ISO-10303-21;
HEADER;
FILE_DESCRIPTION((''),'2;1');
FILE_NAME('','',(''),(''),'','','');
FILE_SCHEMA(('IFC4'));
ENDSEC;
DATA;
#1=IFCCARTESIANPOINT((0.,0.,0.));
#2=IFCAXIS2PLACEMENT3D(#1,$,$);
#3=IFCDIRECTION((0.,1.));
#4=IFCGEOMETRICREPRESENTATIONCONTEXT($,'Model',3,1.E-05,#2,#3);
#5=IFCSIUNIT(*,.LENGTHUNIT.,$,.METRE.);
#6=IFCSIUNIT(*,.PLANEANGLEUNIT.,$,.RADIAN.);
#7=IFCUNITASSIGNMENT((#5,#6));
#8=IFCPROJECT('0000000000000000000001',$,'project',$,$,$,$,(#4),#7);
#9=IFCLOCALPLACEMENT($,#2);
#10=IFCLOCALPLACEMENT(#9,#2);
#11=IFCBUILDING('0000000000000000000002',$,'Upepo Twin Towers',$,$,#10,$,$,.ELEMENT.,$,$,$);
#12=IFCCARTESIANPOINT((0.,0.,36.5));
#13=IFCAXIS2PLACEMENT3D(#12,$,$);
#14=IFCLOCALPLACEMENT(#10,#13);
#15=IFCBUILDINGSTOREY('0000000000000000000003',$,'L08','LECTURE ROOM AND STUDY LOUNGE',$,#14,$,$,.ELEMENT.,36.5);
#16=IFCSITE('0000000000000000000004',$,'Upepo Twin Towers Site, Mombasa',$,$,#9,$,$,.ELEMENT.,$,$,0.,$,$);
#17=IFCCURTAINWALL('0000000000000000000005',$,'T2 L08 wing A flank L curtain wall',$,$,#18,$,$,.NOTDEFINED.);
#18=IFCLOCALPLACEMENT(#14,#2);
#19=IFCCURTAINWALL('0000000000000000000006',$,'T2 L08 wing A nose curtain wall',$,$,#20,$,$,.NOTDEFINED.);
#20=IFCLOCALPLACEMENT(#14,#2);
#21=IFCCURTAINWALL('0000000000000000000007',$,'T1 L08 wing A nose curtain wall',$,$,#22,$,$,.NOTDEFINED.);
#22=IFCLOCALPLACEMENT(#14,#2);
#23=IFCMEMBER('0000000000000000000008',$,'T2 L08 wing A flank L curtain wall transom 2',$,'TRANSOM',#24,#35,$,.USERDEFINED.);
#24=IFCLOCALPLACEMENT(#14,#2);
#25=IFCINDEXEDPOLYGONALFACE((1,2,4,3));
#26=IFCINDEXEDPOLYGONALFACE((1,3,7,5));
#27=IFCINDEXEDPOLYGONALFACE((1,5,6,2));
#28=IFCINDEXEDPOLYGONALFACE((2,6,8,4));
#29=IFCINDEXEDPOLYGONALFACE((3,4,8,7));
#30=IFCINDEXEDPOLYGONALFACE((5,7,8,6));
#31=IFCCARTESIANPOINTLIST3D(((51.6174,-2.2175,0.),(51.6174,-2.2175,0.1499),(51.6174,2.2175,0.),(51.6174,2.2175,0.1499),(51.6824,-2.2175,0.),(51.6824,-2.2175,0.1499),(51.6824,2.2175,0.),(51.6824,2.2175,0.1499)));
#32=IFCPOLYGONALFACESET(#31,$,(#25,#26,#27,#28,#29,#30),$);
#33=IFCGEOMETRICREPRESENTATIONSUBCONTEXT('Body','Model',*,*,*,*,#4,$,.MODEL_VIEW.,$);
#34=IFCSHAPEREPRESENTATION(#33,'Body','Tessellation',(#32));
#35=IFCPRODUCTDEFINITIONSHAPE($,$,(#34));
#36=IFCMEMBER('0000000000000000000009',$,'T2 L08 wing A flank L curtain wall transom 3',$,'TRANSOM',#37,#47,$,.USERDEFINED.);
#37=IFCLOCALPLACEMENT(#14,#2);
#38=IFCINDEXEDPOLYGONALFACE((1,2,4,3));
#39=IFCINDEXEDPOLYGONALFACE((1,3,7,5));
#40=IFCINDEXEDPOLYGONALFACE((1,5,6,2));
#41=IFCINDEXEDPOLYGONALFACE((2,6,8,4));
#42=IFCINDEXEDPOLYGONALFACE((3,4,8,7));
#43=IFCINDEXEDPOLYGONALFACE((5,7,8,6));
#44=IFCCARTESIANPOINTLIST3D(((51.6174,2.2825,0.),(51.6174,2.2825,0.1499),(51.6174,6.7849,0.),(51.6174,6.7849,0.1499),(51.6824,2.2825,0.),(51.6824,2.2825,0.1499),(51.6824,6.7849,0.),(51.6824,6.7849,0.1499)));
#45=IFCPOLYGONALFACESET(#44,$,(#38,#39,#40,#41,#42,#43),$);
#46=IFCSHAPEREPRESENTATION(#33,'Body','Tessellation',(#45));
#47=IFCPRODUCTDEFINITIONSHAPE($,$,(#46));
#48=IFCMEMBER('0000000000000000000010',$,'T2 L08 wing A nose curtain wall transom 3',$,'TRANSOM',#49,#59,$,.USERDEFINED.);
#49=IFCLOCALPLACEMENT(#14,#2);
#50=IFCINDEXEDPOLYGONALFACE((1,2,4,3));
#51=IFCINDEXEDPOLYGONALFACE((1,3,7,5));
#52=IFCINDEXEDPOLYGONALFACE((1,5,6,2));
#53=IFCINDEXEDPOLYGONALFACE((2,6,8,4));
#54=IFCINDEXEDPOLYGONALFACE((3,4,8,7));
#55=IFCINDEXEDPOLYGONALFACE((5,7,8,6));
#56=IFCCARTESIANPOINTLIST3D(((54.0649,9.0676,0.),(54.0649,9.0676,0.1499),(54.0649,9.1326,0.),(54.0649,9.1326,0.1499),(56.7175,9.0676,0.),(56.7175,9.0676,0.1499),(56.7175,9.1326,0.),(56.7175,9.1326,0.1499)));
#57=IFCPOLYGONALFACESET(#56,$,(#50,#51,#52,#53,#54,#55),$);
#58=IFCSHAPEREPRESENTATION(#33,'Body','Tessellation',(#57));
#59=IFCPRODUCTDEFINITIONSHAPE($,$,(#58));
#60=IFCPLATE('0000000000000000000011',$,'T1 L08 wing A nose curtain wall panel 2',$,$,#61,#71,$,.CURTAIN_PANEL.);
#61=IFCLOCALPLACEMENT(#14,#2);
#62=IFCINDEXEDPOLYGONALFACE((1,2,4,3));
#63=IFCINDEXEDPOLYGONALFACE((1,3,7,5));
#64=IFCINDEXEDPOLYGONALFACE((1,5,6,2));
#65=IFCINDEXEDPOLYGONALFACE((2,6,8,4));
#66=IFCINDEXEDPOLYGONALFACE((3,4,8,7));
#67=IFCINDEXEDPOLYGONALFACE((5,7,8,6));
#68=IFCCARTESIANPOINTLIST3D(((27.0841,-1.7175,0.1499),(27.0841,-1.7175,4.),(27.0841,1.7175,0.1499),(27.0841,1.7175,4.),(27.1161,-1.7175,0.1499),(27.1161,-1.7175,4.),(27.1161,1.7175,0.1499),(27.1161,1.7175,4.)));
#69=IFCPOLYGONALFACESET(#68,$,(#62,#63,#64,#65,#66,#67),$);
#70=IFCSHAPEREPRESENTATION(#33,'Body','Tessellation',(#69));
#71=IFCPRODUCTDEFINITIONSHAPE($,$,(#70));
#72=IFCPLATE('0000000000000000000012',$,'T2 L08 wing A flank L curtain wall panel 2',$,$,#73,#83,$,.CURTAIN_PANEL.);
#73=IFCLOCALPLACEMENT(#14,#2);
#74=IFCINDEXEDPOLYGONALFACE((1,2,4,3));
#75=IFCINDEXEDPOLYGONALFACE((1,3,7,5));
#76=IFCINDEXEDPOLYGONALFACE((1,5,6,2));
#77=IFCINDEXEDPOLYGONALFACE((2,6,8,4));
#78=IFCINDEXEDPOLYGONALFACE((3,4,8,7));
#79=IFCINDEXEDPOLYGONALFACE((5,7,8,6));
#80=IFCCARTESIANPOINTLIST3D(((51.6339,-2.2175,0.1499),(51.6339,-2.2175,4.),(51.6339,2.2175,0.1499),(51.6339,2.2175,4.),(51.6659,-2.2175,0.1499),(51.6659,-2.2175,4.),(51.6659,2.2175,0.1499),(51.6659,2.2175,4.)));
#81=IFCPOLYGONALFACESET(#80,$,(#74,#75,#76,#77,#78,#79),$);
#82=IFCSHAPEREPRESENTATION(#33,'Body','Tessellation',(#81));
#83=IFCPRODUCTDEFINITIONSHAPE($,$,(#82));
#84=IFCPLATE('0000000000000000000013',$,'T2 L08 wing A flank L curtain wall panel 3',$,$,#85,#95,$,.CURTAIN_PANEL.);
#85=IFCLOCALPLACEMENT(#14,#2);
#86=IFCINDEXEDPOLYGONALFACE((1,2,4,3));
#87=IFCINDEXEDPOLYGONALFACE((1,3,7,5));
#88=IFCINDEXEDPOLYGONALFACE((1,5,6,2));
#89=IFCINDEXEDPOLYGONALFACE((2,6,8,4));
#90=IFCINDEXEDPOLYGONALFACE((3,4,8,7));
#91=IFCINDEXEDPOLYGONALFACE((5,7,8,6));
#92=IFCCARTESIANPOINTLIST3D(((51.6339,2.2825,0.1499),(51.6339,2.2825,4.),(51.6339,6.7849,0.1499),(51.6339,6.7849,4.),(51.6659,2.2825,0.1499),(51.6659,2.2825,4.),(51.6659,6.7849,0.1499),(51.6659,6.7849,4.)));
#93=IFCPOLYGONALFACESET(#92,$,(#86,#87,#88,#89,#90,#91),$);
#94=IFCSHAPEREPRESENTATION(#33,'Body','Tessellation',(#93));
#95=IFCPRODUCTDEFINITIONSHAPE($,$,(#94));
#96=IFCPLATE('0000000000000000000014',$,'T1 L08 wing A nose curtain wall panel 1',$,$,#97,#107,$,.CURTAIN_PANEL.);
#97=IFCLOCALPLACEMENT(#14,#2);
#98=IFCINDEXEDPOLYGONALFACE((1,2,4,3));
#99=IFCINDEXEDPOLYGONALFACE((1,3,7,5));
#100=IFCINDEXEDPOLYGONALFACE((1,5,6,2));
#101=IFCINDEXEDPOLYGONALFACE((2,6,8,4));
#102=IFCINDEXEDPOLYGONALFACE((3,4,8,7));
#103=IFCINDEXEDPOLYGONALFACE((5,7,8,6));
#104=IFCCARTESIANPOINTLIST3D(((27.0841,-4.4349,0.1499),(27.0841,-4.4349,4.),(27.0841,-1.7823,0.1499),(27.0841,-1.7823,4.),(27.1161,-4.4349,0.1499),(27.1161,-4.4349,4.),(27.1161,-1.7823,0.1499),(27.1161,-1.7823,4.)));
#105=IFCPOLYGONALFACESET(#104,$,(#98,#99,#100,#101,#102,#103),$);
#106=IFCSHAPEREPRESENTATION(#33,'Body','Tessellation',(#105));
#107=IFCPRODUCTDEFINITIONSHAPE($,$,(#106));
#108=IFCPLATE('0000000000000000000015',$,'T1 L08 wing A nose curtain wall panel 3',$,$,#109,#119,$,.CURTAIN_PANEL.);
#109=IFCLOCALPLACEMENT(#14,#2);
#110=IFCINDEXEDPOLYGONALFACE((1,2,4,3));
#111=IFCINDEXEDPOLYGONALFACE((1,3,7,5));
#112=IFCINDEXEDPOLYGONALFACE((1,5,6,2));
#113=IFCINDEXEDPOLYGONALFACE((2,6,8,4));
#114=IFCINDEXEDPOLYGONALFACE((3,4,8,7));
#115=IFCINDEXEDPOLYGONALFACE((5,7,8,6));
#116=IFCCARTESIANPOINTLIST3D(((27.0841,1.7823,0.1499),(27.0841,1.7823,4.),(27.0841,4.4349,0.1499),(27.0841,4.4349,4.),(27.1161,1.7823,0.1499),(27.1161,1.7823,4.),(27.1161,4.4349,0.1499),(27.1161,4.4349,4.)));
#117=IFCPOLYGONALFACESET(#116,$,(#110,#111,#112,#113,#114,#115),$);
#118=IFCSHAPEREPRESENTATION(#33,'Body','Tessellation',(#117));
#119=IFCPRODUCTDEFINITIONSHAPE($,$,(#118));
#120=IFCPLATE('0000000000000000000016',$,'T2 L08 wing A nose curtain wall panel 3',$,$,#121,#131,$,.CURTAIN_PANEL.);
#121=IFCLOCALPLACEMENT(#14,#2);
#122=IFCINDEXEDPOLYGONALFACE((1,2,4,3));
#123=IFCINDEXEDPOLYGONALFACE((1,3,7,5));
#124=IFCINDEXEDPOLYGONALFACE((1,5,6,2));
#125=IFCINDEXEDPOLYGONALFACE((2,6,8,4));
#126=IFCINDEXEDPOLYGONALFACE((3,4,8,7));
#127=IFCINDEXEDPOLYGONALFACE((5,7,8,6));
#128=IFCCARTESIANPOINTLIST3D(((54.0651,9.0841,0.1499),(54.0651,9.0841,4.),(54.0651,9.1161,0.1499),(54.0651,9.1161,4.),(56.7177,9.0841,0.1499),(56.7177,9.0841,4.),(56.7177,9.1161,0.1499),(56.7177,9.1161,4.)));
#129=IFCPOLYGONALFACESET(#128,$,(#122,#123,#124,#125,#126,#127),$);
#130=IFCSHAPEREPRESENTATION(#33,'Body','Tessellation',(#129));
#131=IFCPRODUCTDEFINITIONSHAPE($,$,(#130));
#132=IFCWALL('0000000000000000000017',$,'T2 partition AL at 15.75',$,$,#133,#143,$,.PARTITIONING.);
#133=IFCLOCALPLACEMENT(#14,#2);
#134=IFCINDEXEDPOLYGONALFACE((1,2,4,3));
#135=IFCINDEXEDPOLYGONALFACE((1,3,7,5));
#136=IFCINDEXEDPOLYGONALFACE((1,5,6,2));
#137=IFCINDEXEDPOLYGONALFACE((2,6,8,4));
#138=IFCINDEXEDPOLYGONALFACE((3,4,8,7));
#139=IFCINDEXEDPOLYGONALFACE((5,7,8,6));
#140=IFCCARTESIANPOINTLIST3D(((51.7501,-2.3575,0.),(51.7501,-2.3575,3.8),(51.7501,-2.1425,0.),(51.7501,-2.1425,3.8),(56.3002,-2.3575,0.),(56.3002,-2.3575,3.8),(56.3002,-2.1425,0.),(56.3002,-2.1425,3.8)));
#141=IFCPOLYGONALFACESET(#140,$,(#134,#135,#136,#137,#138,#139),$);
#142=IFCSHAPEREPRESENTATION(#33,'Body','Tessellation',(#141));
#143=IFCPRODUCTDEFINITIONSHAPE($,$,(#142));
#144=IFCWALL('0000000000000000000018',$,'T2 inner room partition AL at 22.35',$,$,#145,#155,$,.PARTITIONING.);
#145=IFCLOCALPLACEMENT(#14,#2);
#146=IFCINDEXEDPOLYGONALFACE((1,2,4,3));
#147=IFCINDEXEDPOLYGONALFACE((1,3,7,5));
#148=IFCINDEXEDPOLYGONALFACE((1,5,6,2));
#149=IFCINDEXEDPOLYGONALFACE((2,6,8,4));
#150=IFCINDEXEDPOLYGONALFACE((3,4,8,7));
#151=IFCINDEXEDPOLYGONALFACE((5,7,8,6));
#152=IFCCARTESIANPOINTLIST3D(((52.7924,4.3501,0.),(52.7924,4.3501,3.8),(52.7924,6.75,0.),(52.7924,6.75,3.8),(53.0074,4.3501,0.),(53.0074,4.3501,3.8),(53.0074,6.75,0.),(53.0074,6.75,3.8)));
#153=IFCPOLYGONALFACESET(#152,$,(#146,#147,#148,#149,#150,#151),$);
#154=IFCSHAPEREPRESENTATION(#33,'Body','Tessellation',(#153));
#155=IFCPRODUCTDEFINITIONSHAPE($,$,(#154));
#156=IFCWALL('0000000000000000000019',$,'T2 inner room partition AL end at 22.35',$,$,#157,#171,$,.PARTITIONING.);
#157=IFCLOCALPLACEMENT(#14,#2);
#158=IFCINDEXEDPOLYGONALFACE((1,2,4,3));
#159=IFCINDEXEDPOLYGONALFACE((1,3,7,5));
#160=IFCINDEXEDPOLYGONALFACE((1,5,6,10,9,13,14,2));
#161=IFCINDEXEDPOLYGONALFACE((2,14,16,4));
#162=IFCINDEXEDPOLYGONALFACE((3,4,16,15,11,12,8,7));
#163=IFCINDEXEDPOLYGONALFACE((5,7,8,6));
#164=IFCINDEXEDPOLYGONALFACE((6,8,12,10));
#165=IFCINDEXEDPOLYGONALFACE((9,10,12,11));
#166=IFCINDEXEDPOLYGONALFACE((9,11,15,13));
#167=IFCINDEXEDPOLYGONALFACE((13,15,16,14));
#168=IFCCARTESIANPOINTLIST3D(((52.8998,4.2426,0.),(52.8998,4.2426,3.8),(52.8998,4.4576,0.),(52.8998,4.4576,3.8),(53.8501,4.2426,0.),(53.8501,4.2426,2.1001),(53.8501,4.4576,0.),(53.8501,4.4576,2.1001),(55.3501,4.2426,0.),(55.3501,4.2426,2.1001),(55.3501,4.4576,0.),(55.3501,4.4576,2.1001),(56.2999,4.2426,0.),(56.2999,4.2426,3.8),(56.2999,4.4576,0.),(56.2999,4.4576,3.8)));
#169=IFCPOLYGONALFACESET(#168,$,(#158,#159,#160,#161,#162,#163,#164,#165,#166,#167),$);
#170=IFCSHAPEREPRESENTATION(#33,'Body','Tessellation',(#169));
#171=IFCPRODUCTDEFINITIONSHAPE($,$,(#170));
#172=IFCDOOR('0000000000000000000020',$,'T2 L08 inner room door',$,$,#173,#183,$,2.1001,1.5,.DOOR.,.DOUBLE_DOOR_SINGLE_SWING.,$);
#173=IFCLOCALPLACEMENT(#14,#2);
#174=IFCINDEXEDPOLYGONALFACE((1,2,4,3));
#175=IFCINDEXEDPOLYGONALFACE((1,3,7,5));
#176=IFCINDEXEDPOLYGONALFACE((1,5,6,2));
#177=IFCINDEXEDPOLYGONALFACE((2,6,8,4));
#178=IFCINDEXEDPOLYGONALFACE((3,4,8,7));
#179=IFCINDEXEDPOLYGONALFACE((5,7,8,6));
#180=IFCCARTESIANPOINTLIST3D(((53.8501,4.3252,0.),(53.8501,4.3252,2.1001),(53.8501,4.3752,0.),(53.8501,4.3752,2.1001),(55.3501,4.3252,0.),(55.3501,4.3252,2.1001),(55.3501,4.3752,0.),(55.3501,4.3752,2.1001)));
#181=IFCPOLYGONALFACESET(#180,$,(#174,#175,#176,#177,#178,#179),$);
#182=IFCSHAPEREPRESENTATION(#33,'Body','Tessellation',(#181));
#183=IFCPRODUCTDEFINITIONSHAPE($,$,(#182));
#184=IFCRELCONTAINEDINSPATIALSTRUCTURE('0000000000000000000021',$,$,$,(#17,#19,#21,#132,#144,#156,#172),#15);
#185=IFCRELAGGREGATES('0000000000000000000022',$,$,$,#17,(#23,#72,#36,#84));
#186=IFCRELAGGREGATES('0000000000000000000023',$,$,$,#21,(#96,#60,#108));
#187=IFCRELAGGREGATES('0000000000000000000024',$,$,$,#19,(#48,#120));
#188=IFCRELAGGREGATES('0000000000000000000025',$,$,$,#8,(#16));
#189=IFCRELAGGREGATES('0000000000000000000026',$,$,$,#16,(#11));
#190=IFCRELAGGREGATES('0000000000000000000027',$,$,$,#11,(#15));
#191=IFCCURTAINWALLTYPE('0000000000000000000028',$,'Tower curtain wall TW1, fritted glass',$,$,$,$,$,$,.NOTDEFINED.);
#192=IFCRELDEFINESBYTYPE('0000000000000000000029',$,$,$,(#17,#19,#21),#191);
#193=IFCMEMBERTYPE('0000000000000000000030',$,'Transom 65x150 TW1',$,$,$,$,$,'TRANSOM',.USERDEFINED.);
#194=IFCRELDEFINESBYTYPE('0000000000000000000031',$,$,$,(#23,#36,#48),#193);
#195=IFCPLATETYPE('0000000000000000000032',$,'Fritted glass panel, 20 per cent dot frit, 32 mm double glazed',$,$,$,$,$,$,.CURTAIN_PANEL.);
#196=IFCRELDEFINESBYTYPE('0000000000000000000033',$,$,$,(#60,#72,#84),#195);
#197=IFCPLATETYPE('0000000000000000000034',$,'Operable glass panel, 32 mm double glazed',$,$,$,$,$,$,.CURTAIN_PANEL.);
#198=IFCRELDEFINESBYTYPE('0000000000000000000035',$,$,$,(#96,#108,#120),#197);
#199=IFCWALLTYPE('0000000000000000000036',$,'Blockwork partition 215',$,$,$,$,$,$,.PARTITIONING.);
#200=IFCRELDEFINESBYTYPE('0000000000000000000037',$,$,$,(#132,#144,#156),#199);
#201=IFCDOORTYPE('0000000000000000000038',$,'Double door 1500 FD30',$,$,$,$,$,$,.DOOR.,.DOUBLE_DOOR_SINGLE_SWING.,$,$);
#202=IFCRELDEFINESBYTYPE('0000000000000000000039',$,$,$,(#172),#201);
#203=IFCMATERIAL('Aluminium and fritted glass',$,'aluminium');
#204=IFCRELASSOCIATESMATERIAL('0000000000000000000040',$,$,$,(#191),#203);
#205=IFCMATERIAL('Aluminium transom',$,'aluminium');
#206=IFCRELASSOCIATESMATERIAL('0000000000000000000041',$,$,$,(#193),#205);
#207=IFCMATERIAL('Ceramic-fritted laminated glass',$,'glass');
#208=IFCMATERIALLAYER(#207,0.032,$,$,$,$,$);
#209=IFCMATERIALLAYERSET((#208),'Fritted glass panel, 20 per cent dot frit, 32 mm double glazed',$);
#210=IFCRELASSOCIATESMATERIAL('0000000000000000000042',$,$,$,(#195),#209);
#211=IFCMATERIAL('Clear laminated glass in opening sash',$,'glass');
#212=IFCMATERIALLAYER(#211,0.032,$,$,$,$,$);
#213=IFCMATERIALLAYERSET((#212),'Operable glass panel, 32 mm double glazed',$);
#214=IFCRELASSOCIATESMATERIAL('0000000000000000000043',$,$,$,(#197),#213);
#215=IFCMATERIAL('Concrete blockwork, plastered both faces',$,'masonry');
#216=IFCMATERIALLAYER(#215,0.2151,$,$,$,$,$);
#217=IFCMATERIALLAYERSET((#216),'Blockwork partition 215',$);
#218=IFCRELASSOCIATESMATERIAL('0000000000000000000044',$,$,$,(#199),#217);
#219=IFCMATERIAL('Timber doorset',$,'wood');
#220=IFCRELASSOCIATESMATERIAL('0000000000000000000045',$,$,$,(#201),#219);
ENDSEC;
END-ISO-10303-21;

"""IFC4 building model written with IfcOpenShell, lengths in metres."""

from ifc_helpers import new_model, si_unit, direction, frame, frame_2d, origin, origin_2d, place, context, subcontext, project, spatial, rectangle, extrude, material, layer, layer_set, material_profile, profile_set, type_object, element, fill, aggregate, save


model = new_model("IFC4")

# Units and contexts
model_context = context("Model", 3, precision=1e-05, world=origin(), true_north=direction((0.0, 1.0)))
body_context = subcontext(model_context, "Body", "Model", "MODEL_VIEW")
ifc_project = project(units=[si_unit("LENGTHUNIT", "METRE"), si_unit("PLANEANGLEUNIT", "RADIAN")], contexts=[model_context])

# Site, building, storey
site_placement = place(None, origin())
site = spatial("IfcSite", under=ifc_project, at=site_placement, Name="Upepo Twin Towers Site, Mombasa", CompositionType="ELEMENT", RefElevation=0.0)
building_placement = place(site_placement, origin())
building = spatial("IfcBuilding", under=site, at=building_placement, Name="Upepo Twin Towers", CompositionType="ELEMENT")
storey_placement = place(building_placement, frame((0.0, 0.0, 36.5)))
storey = spatial("IfcBuildingStorey", under=building, at=storey_placement, Name="L08", Description="LECTURE ROOM AND STUDY LOUNGE", CompositionType="ELEMENT", Elevation=36.5)

# Curtain walls
ifc_material_1 = material(Name="Aluminium and fritted glass", Category="aluminium")
curtain_wall_type = type_object("IfcCurtainWallType", Name="Tower curtain wall TW1, fritted glass", PredefinedType="NOTDEFINED", material=ifc_material_1)
curtain_wall_1_placement = place(storey_placement, origin())
curtain_wall_1 = element("IfcCurtainWall", 1, at=curtain_wall_1_placement, inside=storey, type_object=curtain_wall_type, Name="T2 L08 wing A flank L curtain wall", PredefinedType="NOTDEFINED")
curtain_wall_2_placement = place(storey_placement, origin())
curtain_wall_2 = element("IfcCurtainWall", 2, at=curtain_wall_2_placement, inside=storey, type_object=curtain_wall_type, Name="T2 L08 wing A nose curtain wall", PredefinedType="NOTDEFINED")
curtain_wall_3_placement = place(storey_placement, origin())
curtain_wall_3 = element("IfcCurtainWall", 3, at=curtain_wall_3_placement, inside=storey, type_object=curtain_wall_type, Name="T1 L08 wing A nose curtain wall", PredefinedType="NOTDEFINED")
ifc_material_2 = material(Name="Aluminium transom", Category="aluminium")
ifc_material_profile_1 = material_profile(ifc_material_2, rectangle(XDim=0.0649, YDim=0.1499, at=origin_2d()), Name="TRANSOM 65x150")
ifc_profile_set_1 = profile_set([ifc_material_profile_1], Name="Aluminium transom")
member_type_1 = type_object("IfcMemberType", Name="Transom 65x150 TW1", ElementType="TRANSOM", PredefinedType="USERDEFINED", material=ifc_profile_set_1)

# Members
member_1_placement = place(storey_placement, frame((51.6499, -2.2175, 0.075), z_axis=(0.0, 1.0, 0.0), x_axis=(-1.0, 0.0, 0.0)))
member_1 = element("IfcMember", 4, at=member_1_placement, type_object=member_type_1, Name="T2 L08 wing A flank L curtain wall transom 2", ObjectType="TRANSOM", PredefinedType="USERDEFINED", context=body_context, shape_type="SweptSolid", body=[
    extrude(rectangle(XDim=0.0649, YDim=0.1499, at=origin_2d()), origin(), (0.0, 0.0, 1.0), 4.4351),
])
member_2_placement = place(storey_placement, frame((51.6499, 2.2825, 0.075), z_axis=(0.0, 1.0, 0.0), x_axis=(-1.0, 0.0, 0.0)))
member_2 = element("IfcMember", 5, at=member_2_placement, type_object=member_type_1, Name="T2 L08 wing A flank L curtain wall transom 3", ObjectType="TRANSOM", PredefinedType="USERDEFINED", context=body_context, shape_type="SweptSolid", body=[
    extrude(rectangle(XDim=0.0649, YDim=0.1499, at=origin_2d()), origin(), (0.0, 0.0, 1.0), 4.5024),
])
member_3_placement = place(storey_placement, frame((56.7175, 9.1001, 0.075), z_axis=(-1.0, 0.0, 0.0), x_axis=(0.0, -1.0, 0.0)))
member_3 = element("IfcMember", 6, at=member_3_placement, type_object=member_type_1, Name="T2 L08 wing A nose curtain wall transom 3", ObjectType="TRANSOM", PredefinedType="USERDEFINED", context=body_context, shape_type="SweptSolid", body=[
    extrude(rectangle(XDim=0.0649, YDim=0.1499, at=origin_2d()), origin(), (0.0, 0.0, 1.0), 2.6526),
])

# Plates
ifc_material_3 = material(Name="Ceramic-fritted laminated glass", Category="glass")
ifc_layer_1 = layer(ifc_material_3, 0.032)
ifc_layer_set_1 = layer_set([ifc_layer_1], Name="Fritted glass panel, 20 per cent dot frit, 32 mm double glazed")
plate_type_1 = type_object("IfcPlateType", Name="Fritted glass panel, 20 per cent dot frit, 32 mm double glazed", PredefinedType="CURTAIN_PANEL", material=ifc_layer_set_1)
plate_1_placement = place(storey_placement, frame((27.1001, 0.0, 0.1499), z_axis=(0.0, 0.0, 1.0), x_axis=(0.0, 1.0, 0.0)))
plate_1 = element("IfcPlate", 7, at=plate_1_placement, type_object=plate_type_1, Name="T1 L08 wing A nose curtain wall panel 2", PredefinedType="CURTAIN_PANEL", context=body_context, shape_type="SweptSolid", body=[
    extrude(rectangle(XDim=3.4351, YDim=0.032, at=origin_2d()), origin(), (0.0, 0.0, 1.0), 3.8501),
])
plate_2_placement = place(storey_placement, frame((51.6499, 0.0, 0.1499), z_axis=(0.0, 0.0, 1.0), x_axis=(0.0, 1.0, 0.0)))
plate_2 = element("IfcPlate", 8, at=plate_2_placement, type_object=plate_type_1, Name="T2 L08 wing A flank L curtain wall panel 2", PredefinedType="CURTAIN_PANEL", context=body_context, shape_type="SweptSolid", body=[
    extrude(rectangle(XDim=4.4351, YDim=0.032, at=origin_2d()), origin(), (0.0, 0.0, 1.0), 3.8501),
])
plate_3_placement = place(storey_placement, frame((51.6499, 4.5337, 0.1499), z_axis=(0.0, 0.0, 1.0), x_axis=(0.0, 1.0, 0.0)))
plate_3 = element("IfcPlate", 9, at=plate_3_placement, type_object=plate_type_1, Name="T2 L08 wing A flank L curtain wall panel 3", PredefinedType="CURTAIN_PANEL", context=body_context, shape_type="SweptSolid", body=[
    extrude(rectangle(XDim=4.5024, YDim=0.032, at=origin_2d()), origin(), (0.0, 0.0, 1.0), 3.8501),
])
aggregate(curtain_wall_1, [member_1, plate_2, member_2, plate_3])
ifc_material_4 = material(Name="Clear laminated glass in opening sash", Category="glass")
ifc_layer_2 = layer(ifc_material_4, 0.032)
ifc_layer_set_2 = layer_set([ifc_layer_2], Name="Operable glass panel, 32 mm double glazed")
plate_type_2 = type_object("IfcPlateType", Name="Operable glass panel, 32 mm double glazed", PredefinedType="CURTAIN_PANEL", material=ifc_layer_set_2)
plate_4_placement = place(storey_placement, frame((27.1001, -3.1086, 0.1499), z_axis=(0.0, 0.0, 1.0), x_axis=(0.0, 1.0, 0.0)))
plate_4 = element("IfcPlate", 10, at=plate_4_placement, type_object=plate_type_2, Name="T1 L08 wing A nose curtain wall panel 1", PredefinedType="CURTAIN_PANEL", context=body_context, shape_type="SweptSolid", body=[
    extrude(rectangle(XDim=2.6526, YDim=0.032, at=origin_2d()), origin(), (0.0, 0.0, 1.0), 3.8501),
])
plate_5_placement = place(storey_placement, frame((27.1001, 3.1086, 0.1499), z_axis=(0.0, 0.0, 1.0), x_axis=(0.0, 1.0, 0.0)))
plate_5 = element("IfcPlate", 11, at=plate_5_placement, type_object=plate_type_2, Name="T1 L08 wing A nose curtain wall panel 3", PredefinedType="CURTAIN_PANEL", context=body_context, shape_type="SweptSolid", body=[
    extrude(rectangle(XDim=2.6526, YDim=0.032, at=origin_2d()), origin(), (0.0, 0.0, 1.0), 3.8501),
])
aggregate(curtain_wall_3, [plate_4, plate_1, plate_5])
plate_6_placement = place(storey_placement, frame((55.3914, 9.1001, 0.1499), z_axis=(0.0, 0.0, 1.0), x_axis=(-1.0, 0.0, 0.0)))
plate_6 = element("IfcPlate", 12, at=plate_6_placement, type_object=plate_type_2, Name="T2 L08 wing A nose curtain wall panel 3", PredefinedType="CURTAIN_PANEL", context=body_context, shape_type="SweptSolid", body=[
    extrude(rectangle(XDim=2.6526, YDim=0.032, at=origin_2d()), origin(), (0.0, 0.0, 1.0), 3.8501),
])
aggregate(curtain_wall_2, [member_3, plate_6])

# Walls
ifc_material_5 = material(Name="Concrete blockwork, plastered both faces", Category="masonry")
ifc_layer_3 = layer(ifc_material_5, 0.2151)
ifc_layer_set_3 = layer_set([ifc_layer_3], Name="Blockwork partition 215")
wall_type_1 = type_object("IfcWallType", Name="Blockwork partition 215", PredefinedType="PARTITIONING", material=ifc_layer_set_3)
wall_1_placement = place(storey_placement, frame((56.3, -2.25, 0.0), z_axis=(0.0, 0.0, 1.0), x_axis=(-1.0, 0.0, 0.0)))
element("IfcWall", 13, at=wall_1_placement, inside=storey, type_object=wall_type_1, Name="T2 partition AL at 15.75", PredefinedType="PARTITIONING", context=body_context, shape_type="SweptSolid", body=[
    extrude(rectangle(XDim=4.55, YDim=0.2151, at=frame_2d((2.2749, 0.0))), origin(), (0.0, 0.0, 1.0), 3.8),
])
wall_2_placement = place(storey_placement, frame((52.8999, 4.3501, 0.0), z_axis=(0.0, 0.0, 1.0), x_axis=(0.0, 1.0, 0.0)))
element("IfcWall", 14, at=wall_2_placement, inside=storey, type_object=wall_type_1, Name="T2 inner room partition AL at 22.35", PredefinedType="PARTITIONING", context=body_context, shape_type="SweptSolid", body=[
    extrude(rectangle(XDim=2.3999, YDim=0.2151, at=frame_2d((1.2, 0.0))), origin(), (0.0, 0.0, 1.0), 3.8),
])

# Wall, opening, door
wall_3_placement = place(storey_placement, frame((56.3, 4.3501, 0.0), z_axis=(0.0, 0.0, 1.0), x_axis=(-1.0, 0.0, 0.0)))
wall_3 = element("IfcWall", 15, at=wall_3_placement, inside=storey, type_object=wall_type_1, Name="T2 inner room partition AL end at 22.35", PredefinedType="PARTITIONING", context=body_context, shape_type="SweptSolid", body=[
    extrude(rectangle(XDim=3.4001, YDim=0.2151, at=frame_2d((1.7002, 0.0))), origin(), (0.0, 0.0, 1.0), 3.8),
])
opening_placement = place(wall_3_placement, frame((0.95, 0.0, 0.0)))
opening = element("IfcOpeningElement", 16, at=opening_placement, cuts=wall_3, PredefinedType="OPENING", context=body_context, shape_type="SweptSolid", body=[
    extrude(rectangle(XDim=1.5, YDim=2.1001, at=frame_2d((0.75, 1.05))), frame((0.0, 0.1174, 0.0), z_axis=(0.0, -1.0, 0.0), x_axis=(1.0, 0.0, 0.0)), (0.0, 0.0, 1.0), 0.2351),
])
ifc_material_6 = material(Name="Timber doorset", Category="wood")
door_type = type_object("IfcDoorType", Name="Double door 1500 FD30", OperationType="DOUBLE_DOOR_SINGLE_SWING", PredefinedType="DOOR", material=ifc_material_6)
door_placement = place(opening_placement, origin())
door = element("IfcDoor", 17, at=door_placement, inside=storey, type_object=door_type, Name="T2 L08 inner room door", OperationType="DOUBLE_DOOR_SINGLE_SWING", OverallHeight=2.1001, OverallWidth=1.5, PredefinedType="DOOR", context=body_context, shape_type="SweptSolid", body=[
    extrude(rectangle(XDim=1.5, YDim=2.1001, at=frame_2d((0.75, 1.05))), frame((0.0, 0.0249, 0.0), z_axis=(0.0, -1.0, 0.0), x_axis=(1.0, 0.0, 0.0)), (0.0, 0.0, 1.0), 0.05),
])
fill(opening, door)

save(model, "model.ifc")
